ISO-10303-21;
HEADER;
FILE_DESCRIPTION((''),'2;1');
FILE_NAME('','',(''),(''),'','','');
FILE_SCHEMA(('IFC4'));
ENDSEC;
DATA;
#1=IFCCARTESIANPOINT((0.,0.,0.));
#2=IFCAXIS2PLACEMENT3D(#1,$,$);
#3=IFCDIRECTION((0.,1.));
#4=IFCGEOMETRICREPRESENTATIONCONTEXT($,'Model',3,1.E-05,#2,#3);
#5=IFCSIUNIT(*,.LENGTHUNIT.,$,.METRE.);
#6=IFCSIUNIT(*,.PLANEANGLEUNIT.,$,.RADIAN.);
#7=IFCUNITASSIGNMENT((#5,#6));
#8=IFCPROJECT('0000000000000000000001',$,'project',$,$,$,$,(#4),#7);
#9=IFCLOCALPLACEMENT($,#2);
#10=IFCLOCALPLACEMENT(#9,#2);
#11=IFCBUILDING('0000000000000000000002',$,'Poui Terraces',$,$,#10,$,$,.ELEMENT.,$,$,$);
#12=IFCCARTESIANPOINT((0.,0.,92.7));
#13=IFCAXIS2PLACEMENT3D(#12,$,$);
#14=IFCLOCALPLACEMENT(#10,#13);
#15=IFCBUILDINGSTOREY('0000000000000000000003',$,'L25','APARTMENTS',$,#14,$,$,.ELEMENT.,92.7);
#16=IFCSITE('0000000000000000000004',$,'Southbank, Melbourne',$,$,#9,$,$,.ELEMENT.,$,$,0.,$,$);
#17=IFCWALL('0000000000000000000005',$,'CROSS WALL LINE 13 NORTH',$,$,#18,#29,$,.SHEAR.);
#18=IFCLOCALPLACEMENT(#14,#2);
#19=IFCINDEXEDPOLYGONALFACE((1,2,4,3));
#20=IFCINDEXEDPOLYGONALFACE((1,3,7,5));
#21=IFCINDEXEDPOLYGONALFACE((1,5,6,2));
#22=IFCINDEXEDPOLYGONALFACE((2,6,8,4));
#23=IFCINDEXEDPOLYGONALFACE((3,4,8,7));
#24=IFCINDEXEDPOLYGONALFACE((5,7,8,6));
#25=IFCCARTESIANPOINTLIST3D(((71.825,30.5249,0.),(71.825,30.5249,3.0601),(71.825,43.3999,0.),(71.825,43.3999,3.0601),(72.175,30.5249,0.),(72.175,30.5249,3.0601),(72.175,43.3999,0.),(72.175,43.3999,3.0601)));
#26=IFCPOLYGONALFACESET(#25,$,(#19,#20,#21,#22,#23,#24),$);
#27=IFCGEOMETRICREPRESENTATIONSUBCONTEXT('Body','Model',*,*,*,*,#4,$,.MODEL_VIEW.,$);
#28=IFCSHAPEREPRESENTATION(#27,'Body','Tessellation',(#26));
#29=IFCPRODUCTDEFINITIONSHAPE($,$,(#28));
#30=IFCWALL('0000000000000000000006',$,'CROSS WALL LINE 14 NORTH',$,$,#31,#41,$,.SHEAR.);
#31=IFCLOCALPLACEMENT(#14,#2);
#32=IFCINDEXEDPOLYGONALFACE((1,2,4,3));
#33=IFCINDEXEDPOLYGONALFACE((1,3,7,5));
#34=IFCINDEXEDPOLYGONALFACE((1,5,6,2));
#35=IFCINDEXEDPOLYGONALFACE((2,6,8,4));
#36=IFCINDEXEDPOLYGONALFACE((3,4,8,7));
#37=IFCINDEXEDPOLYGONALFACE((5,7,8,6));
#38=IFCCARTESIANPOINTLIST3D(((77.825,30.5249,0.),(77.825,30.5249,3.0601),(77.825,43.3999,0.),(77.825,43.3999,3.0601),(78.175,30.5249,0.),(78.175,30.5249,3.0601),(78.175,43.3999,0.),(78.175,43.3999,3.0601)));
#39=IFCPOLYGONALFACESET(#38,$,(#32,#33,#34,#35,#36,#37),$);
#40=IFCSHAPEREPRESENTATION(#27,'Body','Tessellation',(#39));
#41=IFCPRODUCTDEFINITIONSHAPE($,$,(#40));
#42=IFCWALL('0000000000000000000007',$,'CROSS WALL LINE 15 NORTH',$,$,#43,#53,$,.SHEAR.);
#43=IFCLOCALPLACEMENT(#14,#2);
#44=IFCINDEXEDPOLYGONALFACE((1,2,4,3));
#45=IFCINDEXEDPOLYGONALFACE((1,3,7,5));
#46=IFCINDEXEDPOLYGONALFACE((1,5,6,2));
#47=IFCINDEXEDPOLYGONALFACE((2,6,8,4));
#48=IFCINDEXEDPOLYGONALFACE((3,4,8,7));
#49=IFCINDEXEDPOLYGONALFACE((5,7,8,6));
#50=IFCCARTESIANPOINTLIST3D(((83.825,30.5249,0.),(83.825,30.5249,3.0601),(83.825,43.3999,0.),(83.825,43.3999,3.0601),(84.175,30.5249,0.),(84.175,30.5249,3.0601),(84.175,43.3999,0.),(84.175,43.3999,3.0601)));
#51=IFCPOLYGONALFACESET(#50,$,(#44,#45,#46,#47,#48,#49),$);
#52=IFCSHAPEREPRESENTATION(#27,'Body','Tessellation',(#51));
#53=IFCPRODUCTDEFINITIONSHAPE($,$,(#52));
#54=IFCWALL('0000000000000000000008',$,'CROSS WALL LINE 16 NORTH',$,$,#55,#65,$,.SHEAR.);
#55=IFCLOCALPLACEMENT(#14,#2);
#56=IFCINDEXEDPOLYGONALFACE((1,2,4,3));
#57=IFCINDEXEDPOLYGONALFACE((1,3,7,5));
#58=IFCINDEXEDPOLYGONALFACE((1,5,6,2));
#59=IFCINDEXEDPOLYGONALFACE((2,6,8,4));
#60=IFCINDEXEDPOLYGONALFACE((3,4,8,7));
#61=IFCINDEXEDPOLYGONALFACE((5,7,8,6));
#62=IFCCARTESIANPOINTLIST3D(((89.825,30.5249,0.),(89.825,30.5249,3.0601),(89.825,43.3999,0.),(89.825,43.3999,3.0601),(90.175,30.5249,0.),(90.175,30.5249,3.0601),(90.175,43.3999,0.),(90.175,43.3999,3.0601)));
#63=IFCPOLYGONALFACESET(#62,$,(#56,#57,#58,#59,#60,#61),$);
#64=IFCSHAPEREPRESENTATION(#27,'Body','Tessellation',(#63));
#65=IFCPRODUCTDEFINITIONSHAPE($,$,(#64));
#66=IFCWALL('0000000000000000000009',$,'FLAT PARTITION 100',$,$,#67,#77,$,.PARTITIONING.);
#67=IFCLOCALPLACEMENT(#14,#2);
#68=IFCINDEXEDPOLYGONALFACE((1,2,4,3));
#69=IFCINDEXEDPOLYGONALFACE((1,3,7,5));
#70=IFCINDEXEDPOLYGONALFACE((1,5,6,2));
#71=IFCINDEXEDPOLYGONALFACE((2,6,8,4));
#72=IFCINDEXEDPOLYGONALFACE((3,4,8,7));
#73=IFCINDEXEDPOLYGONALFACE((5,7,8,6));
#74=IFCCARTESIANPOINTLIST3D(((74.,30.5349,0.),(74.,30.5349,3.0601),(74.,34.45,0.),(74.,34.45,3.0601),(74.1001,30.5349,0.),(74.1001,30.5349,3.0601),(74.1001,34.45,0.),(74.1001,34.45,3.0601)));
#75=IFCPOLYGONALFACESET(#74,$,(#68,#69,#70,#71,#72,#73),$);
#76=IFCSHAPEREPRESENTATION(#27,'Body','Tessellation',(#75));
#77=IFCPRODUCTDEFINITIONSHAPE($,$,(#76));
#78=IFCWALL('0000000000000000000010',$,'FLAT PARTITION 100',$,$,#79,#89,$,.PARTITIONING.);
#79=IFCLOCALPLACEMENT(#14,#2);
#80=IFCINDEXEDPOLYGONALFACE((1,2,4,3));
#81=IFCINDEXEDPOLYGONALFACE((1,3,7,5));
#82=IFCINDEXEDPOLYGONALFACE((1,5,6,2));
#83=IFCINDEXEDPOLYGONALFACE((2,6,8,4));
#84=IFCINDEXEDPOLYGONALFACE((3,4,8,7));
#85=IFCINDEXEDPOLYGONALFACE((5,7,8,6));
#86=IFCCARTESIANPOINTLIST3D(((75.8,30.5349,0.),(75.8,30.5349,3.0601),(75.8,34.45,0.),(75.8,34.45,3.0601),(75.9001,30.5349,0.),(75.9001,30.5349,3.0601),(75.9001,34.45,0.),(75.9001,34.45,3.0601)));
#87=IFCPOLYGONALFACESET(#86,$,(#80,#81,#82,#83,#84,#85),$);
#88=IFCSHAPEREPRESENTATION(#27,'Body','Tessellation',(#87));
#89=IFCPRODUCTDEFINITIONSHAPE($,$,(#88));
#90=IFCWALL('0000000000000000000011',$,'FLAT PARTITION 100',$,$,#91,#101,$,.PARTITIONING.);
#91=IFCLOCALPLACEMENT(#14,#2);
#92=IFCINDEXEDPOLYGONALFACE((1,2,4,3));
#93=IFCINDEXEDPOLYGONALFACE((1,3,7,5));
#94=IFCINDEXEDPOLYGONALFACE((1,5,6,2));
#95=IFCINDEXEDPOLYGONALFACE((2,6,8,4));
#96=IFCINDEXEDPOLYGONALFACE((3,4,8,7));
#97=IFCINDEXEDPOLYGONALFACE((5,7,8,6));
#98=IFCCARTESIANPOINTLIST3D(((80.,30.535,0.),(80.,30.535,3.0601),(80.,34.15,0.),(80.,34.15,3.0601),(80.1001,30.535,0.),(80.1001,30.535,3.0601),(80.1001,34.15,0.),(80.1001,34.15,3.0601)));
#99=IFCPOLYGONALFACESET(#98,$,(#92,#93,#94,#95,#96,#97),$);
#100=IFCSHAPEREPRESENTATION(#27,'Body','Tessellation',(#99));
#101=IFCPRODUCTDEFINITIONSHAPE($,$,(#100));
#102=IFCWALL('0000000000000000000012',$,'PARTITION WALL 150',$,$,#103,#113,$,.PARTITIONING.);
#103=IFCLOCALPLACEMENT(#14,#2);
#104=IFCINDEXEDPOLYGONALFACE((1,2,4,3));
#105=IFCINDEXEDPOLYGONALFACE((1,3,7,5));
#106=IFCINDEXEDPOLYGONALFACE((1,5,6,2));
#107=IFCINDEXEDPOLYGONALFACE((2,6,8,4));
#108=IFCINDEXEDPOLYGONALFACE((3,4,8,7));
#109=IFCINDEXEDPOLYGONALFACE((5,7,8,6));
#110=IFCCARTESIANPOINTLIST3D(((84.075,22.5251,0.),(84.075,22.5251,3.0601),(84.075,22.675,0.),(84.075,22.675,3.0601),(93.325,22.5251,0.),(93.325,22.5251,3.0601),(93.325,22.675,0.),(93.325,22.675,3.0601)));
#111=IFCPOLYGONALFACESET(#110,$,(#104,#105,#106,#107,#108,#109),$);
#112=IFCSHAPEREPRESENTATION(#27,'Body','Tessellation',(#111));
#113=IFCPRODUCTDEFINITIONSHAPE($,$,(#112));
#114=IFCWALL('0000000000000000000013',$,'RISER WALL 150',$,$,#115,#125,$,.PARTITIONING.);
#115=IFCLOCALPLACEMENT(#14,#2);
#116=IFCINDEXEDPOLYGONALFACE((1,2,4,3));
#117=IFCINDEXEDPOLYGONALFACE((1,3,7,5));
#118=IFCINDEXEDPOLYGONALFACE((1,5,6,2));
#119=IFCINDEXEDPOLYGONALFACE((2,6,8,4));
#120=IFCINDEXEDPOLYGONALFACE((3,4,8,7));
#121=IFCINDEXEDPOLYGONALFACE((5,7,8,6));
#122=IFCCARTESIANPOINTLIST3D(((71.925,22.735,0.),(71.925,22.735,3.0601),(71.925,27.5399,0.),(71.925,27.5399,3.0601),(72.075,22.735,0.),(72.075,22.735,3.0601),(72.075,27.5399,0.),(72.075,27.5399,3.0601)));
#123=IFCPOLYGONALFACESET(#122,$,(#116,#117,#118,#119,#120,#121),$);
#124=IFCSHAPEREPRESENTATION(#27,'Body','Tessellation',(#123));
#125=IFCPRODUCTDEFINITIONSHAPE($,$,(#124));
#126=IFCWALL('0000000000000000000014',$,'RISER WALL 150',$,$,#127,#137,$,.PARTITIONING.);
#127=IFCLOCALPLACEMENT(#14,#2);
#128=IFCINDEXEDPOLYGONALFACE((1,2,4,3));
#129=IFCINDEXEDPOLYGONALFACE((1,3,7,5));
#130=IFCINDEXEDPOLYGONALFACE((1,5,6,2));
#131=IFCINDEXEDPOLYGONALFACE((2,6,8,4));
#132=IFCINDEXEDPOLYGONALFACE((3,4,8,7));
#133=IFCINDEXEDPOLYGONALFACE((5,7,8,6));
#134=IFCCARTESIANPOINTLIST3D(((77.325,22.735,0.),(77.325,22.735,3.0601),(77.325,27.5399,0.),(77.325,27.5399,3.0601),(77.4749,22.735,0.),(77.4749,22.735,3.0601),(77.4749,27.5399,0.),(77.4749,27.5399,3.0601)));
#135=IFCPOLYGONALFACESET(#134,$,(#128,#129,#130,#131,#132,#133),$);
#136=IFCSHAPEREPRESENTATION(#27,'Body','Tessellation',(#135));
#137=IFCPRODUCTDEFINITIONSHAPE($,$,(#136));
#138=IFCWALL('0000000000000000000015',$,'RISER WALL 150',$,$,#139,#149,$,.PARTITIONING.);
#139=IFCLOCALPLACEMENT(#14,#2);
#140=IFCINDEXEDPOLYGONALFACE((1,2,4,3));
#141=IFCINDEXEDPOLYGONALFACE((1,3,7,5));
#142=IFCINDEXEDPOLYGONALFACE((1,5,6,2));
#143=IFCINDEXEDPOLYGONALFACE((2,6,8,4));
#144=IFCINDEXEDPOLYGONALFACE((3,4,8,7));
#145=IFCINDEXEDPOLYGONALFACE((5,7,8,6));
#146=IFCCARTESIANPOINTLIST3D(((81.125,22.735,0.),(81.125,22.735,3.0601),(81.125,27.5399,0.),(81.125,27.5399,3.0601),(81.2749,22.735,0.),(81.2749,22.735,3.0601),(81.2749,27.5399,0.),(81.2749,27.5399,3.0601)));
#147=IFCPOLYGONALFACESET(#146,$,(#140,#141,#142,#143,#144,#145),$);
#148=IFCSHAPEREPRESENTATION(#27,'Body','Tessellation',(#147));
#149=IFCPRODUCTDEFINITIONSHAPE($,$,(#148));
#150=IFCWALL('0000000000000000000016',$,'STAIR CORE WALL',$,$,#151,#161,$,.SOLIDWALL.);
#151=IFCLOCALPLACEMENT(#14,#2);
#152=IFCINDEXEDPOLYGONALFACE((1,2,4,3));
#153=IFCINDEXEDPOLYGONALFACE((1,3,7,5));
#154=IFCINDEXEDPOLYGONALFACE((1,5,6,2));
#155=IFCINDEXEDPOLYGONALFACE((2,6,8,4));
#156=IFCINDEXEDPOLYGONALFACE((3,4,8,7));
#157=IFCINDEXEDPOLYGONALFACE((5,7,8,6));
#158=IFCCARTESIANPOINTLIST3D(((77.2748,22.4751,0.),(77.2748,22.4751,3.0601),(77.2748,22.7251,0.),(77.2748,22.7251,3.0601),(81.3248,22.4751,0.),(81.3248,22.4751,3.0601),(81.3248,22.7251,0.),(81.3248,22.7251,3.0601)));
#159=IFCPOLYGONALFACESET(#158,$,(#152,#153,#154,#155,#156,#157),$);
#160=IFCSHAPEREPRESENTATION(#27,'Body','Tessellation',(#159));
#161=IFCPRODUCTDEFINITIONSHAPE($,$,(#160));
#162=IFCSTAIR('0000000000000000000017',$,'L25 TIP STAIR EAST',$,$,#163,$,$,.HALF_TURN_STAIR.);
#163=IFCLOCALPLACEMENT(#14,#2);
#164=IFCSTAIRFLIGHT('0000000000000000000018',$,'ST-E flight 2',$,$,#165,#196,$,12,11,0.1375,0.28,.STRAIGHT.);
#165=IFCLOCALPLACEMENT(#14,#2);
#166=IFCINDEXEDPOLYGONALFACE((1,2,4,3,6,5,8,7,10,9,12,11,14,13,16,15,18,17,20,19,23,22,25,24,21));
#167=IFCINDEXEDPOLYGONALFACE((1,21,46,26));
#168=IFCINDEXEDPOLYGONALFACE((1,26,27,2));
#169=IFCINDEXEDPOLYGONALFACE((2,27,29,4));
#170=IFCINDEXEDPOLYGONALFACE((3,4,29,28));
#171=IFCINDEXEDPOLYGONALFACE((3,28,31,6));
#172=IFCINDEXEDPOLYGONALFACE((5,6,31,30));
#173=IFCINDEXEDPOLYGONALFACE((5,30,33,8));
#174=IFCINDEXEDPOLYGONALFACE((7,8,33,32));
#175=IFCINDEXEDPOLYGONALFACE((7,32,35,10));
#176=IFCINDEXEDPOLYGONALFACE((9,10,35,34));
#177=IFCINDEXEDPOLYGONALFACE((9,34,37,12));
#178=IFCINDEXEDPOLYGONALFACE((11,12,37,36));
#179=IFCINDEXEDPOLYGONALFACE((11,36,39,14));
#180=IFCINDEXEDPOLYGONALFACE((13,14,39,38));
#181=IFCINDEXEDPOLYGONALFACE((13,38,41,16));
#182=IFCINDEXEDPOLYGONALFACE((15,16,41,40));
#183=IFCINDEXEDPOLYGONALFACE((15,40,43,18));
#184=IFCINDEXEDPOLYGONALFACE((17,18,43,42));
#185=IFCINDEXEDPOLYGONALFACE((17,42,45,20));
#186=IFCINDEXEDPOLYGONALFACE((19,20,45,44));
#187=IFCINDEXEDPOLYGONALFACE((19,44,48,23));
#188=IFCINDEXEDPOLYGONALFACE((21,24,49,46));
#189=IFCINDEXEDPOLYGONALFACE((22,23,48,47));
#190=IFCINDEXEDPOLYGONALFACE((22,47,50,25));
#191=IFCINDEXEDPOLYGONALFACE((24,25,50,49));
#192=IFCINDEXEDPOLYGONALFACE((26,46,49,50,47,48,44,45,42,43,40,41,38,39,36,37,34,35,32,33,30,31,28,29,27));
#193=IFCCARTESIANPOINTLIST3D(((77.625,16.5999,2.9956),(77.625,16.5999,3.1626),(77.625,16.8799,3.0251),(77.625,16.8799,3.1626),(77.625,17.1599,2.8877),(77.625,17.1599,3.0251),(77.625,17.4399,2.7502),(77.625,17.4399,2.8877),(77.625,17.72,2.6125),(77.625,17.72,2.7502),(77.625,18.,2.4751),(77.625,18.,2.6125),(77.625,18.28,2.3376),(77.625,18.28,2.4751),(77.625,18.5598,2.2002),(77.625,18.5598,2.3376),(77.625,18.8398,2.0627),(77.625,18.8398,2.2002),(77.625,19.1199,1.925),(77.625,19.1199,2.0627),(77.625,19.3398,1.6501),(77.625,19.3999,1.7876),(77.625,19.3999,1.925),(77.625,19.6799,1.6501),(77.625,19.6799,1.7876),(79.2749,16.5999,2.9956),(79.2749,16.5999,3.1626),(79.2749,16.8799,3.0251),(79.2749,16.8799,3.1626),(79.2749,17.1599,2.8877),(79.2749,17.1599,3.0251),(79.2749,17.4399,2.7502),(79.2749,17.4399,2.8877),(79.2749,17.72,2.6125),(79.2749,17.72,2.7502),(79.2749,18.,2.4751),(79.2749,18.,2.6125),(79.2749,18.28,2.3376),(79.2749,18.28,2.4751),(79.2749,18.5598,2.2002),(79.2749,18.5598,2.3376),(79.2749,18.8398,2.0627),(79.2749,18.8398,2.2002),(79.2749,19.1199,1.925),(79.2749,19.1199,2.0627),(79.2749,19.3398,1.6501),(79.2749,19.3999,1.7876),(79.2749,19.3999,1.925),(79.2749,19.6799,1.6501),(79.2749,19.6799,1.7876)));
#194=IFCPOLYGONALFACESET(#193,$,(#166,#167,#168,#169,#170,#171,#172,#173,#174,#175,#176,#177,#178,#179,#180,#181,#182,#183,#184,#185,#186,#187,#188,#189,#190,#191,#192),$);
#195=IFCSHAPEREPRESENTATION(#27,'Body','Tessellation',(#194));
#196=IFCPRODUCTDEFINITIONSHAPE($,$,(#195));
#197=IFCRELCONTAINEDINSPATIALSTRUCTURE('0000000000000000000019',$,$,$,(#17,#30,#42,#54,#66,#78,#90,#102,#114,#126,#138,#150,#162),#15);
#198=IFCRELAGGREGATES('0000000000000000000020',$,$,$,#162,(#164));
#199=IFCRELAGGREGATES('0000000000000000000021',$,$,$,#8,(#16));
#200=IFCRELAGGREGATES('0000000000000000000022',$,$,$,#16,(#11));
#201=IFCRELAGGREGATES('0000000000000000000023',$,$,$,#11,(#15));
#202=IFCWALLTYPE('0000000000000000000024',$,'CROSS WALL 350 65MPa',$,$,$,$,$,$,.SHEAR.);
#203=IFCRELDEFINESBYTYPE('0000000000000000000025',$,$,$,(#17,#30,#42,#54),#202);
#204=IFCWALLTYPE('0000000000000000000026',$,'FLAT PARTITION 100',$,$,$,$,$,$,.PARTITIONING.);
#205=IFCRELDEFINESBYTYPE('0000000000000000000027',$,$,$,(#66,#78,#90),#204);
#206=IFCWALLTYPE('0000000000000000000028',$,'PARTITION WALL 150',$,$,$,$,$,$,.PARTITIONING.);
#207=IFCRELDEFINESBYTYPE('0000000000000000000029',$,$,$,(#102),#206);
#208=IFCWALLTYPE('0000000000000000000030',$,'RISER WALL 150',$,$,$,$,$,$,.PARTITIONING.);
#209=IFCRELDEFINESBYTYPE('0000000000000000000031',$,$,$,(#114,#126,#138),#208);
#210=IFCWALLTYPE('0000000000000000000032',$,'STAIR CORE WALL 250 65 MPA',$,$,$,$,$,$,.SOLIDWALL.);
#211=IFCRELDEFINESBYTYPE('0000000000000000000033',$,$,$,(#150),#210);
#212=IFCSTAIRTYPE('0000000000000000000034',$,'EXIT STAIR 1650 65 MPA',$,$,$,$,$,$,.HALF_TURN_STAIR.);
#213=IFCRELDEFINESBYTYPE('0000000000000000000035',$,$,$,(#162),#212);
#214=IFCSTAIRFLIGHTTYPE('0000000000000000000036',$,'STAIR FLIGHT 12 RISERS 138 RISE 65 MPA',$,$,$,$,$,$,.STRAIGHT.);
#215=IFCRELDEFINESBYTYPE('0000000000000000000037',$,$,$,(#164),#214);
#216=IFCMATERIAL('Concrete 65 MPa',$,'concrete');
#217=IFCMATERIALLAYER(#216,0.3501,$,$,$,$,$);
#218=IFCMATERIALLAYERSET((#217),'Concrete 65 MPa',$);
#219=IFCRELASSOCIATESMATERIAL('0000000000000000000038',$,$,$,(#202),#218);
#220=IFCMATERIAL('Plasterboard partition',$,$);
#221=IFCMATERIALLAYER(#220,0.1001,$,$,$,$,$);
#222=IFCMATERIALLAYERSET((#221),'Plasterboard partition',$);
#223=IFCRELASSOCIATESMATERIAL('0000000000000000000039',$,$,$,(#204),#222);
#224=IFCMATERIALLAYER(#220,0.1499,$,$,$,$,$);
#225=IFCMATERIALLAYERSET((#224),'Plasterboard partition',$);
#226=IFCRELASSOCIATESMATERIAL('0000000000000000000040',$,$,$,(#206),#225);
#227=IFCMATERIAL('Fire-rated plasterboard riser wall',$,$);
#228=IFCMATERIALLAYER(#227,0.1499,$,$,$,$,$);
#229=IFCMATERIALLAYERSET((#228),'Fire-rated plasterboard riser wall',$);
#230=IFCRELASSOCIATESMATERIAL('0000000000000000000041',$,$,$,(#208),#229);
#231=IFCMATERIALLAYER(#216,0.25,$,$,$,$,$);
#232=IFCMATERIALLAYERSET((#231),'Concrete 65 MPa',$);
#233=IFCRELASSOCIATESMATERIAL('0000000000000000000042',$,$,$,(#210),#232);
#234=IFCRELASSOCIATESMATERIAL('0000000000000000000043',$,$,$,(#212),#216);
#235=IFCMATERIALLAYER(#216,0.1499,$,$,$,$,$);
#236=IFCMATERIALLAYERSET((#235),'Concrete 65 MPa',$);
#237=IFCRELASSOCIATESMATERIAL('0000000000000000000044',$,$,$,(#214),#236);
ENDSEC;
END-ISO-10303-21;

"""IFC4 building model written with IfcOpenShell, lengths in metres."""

from ifc_helpers import new_model, si_unit, direction, frame, frame_2d, origin, place, context, subcontext, project, spatial, polyline, rectangle, outline, extrude, material, layer, layer_set, type_object, element, aggregate, save


model = new_model("IFC4")

# Units and contexts
model_context = context("Model", 3, precision=1e-05, world=origin(), true_north=direction((0.0, 1.0)))
body_context = subcontext(model_context, "Body", "Model", "MODEL_VIEW")
ifc_project = project(units=[si_unit("LENGTHUNIT", "METRE"), si_unit("PLANEANGLEUNIT", "RADIAN")], contexts=[model_context])

# Site, building, storey
site_placement = place(None, origin())
site = spatial("IfcSite", under=ifc_project, at=site_placement, Name="Southbank, Melbourne", CompositionType="ELEMENT", RefElevation=0.0)
building_placement = place(site_placement, origin())
building = spatial("IfcBuilding", under=site, at=building_placement, Name="Poui Terraces", CompositionType="ELEMENT")
storey_placement = place(building_placement, frame((0.0, 0.0, 92.7)))
storey = spatial("IfcBuildingStorey", under=building, at=storey_placement, Name="L25", Description="APARTMENTS", CompositionType="ELEMENT", Elevation=92.7)

# Shared definitions
ifc_material_1 = material(Name="Concrete 65 MPa", Category="concrete")

# Walls
ifc_layer_1 = layer(ifc_material_1, 0.3501)
ifc_layer_set_1 = layer_set([ifc_layer_1], Name="Concrete 65 MPa")
wall_type_1 = type_object("IfcWallType", Name="CROSS WALL 350 65MPa", PredefinedType="SHEAR", material=ifc_layer_set_1)
for number, where, z_axis, x_axis, name in (
    (1, (72.0, 30.5249, 0.0), (0.0, 0.0, 1.0), (0.0, 1.0, 0.0), "CROSS WALL LINE 13 NORTH"),
    (2, (78.0, 30.5249, 0.0), (0.0, 0.0, 1.0), (0.0, 1.0, 0.0), "CROSS WALL LINE 14 NORTH"),
    (3, (84.0, 30.5249, 0.0), (0.0, 0.0, 1.0), (0.0, 1.0, 0.0), "CROSS WALL LINE 15 NORTH"),
    (4, (90.0, 30.5249, 0.0), (0.0, 0.0, 1.0), (0.0, 1.0, 0.0), "CROSS WALL LINE 16 NORTH"),
):
    element("IfcWall", number, at=place(storey_placement, frame(where, z_axis=z_axis, x_axis=x_axis)), inside=storey, type_object=wall_type_1, Name=name, PredefinedType="SHEAR", context=body_context, shape_type="SweptSolid", body=[
        extrude(rectangle(XDim=12.875, YDim=0.3501, at=frame_2d((6.4375, 0.0))), origin(), (0.0, 0.0, 1.0), 3.0601),
    ])
ifc_material_2 = material(Name="Plasterboard partition")
ifc_layer_2 = layer(ifc_material_2, 0.1001)
ifc_layer_set_2 = layer_set([ifc_layer_2], Name="Plasterboard partition")
wall_type_2 = type_object("IfcWallType", Name="FLAT PARTITION 100", PredefinedType="PARTITIONING", material=ifc_layer_set_2)
for number, where, z_axis, x_axis, name in (
    (5, (74.05, 30.5349, 0.0), (0.0, 0.0, 1.0), (0.0, 1.0, 0.0), "FLAT PARTITION 100"),
    (6, (75.8501, 30.5349, 0.0), (0.0, 0.0, 1.0), (0.0, 1.0, 0.0), "FLAT PARTITION 100"),
):
    element("IfcWall", number, at=place(storey_placement, frame(where, z_axis=z_axis, x_axis=x_axis)), inside=storey, type_object=wall_type_2, Name=name, PredefinedType="PARTITIONING", context=body_context, shape_type="SweptSolid", body=[
        extrude(rectangle(XDim=3.915, YDim=0.1001, at=frame_2d((1.9575, 0.0))), origin(), (0.0, 0.0, 1.0), 3.0601),
    ])
wall_1_placement = place(storey_placement, frame((80.05, 30.5349, 0.0), z_axis=(0.0, 0.0, 1.0), x_axis=(0.0, 1.0, 0.0)))
element("IfcWall", 7, at=wall_1_placement, inside=storey, type_object=wall_type_2, Name="FLAT PARTITION 100", PredefinedType="PARTITIONING", context=body_context, shape_type="SweptSolid", body=[
    extrude(rectangle(XDim=3.615, YDim=0.1001, at=frame_2d((1.8076, 0.0))), origin(), (0.0, 0.0, 1.0), 3.0601),
])
ifc_layer_3 = layer(ifc_material_2, 0.1499)
ifc_layer_set_3 = layer_set([ifc_layer_3], Name="Plasterboard partition")
wall_type_3 = type_object("IfcWallType", Name="PARTITION WALL 150", PredefinedType="PARTITIONING", material=ifc_layer_set_3)
wall_2_placement = place(storey_placement, frame((84.075, 22.6001, 0.0), z_axis=(0.0, 0.0, 1.0), x_axis=(1.0, 0.0, 0.0)))
element("IfcWall", 8, at=wall_2_placement, inside=storey, type_object=wall_type_3, Name="PARTITION WALL 150", PredefinedType="PARTITIONING", context=body_context, shape_type="SweptSolid", body=[
    extrude(rectangle(XDim=9.25, YDim=0.1499, at=frame_2d((4.625, 0.0))), origin(), (0.0, 0.0, 1.0), 3.0601),
])
ifc_material_3 = material(Name="Fire-rated plasterboard riser wall")
ifc_layer_4 = layer(ifc_material_3, 0.1499)
ifc_layer_set_4 = layer_set([ifc_layer_4], Name="Fire-rated plasterboard riser wall")
wall_type_4 = type_object("IfcWallType", Name="RISER WALL 150", PredefinedType="PARTITIONING", material=ifc_layer_set_4)
for number, where, z_axis, x_axis, name in (
    (9, (72.0, 22.7351, 0.0), (0.0, 0.0, 1.0), (0.0, 1.0, 0.0), "RISER WALL 150"),
    (10, (77.3999, 22.7351, 0.0), (0.0, 0.0, 1.0), (0.0, 1.0, 0.0), "RISER WALL 150"),
    (11, (81.2, 22.7351, 0.0), (0.0, 0.0, 1.0), (0.0, 1.0, 0.0), "RISER WALL 150"),
):
    element("IfcWall", number, at=place(storey_placement, frame(where, z_axis=z_axis, x_axis=x_axis)), inside=storey, type_object=wall_type_4, Name=name, PredefinedType="PARTITIONING", context=body_context, shape_type="SweptSolid", body=[
        extrude(rectangle(XDim=4.8049, YDim=0.1499, at=frame_2d((2.4023, 0.0))), origin(), (0.0, 0.0, 1.0), 3.0601),
    ])
ifc_layer_5 = layer(ifc_material_1, 0.25)
ifc_layer_set_5 = layer_set([ifc_layer_5], Name="Concrete 65 MPa")
wall_type_5 = type_object("IfcWallType", Name="STAIR CORE WALL 250 65 MPA", PredefinedType="SOLIDWALL", material=ifc_layer_set_5)
wall_3_placement = place(storey_placement, frame((77.2749, 22.6001, 0.0), z_axis=(0.0, 0.0, 1.0), x_axis=(1.0, 0.0, 0.0)))
element("IfcWall", 12, at=wall_3_placement, inside=storey, type_object=wall_type_5, Name="STAIR CORE WALL", PredefinedType="SOLIDWALL", context=body_context, shape_type="SweptSolid", body=[
    extrude(rectangle(XDim=4.05, YDim=0.25, at=frame_2d((2.0249, 0.0))), origin(), (0.0, 0.0, 1.0), 3.0601),
])

# Stair, stair flight
stair_type = type_object("IfcStairType", Name="EXIT STAIR 1650 65 MPA", PredefinedType="HALF_TURN_STAIR", material=ifc_material_1)
stair_placement = place(storey_placement, origin())
stair = element("IfcStair", 13, at=stair_placement, inside=storey, type_object=stair_type, Name="L25 TIP STAIR EAST", PredefinedType="HALF_TURN_STAIR")
ifc_layer_6 = layer(ifc_material_1, 0.1499)
ifc_layer_set_6 = layer_set([ifc_layer_6], Name="Concrete 65 MPa")
stair_flight_type = type_object("IfcStairFlightType", Name="STAIR FLIGHT 12 RISERS 138 RISE 65 MPA", PredefinedType="STRAIGHT", material=ifc_layer_set_6)
stair_flight_placement = place(storey_placement, frame((78.45, 19.6799, 1.6501), z_axis=(0.0, 0.0, 1.0), x_axis=(0.0, -1.0, 0.0)))
stair_flight = element("IfcStairFlight", 14, at=stair_flight_placement, type_object=stair_flight_type, Name="ST-E flight 2", NumberOfRisers=12, NumberOfTreads=11, PredefinedType="STRAIGHT", RiserHeight=0.1375, TreadLength=0.28, context=body_context, shape_type="SweptSolid", body=[
    extrude(outline(polyline([(0.0, 0.0), (0.0, 0.1375), (0.28, 0.1375), (0.28, 0.2749), (0.5601, 0.2749), (0.5601, 0.4126), (0.8401, 0.4126), (0.8401, 0.55), (1.1201, 0.55), (1.1201, 0.6875), (1.3999, 0.6875), (1.3999, 0.825), (1.6799, 0.825), (1.6799, 0.9624), (1.96, 0.9624), (1.96, 1.1001), (2.24, 1.1001), (2.24, 1.2375), (2.52, 1.2375), (2.52, 1.375), (2.8, 1.375), (2.8, 1.5125), (3.0801, 1.5125), (3.0801, 1.6499), (3.0801, 1.3455), (0.3401, 0.0), (0.0, 0.0)])), frame((0.0, 0.825, 0.0), z_axis=(0.0, -1.0, 0.0), x_axis=(1.0, 0.0, 0.0)), (0.0, 0.0, 1.0), 1.6499),
])
aggregate(stair, [stair_flight])

save(model, "model.ifc")
